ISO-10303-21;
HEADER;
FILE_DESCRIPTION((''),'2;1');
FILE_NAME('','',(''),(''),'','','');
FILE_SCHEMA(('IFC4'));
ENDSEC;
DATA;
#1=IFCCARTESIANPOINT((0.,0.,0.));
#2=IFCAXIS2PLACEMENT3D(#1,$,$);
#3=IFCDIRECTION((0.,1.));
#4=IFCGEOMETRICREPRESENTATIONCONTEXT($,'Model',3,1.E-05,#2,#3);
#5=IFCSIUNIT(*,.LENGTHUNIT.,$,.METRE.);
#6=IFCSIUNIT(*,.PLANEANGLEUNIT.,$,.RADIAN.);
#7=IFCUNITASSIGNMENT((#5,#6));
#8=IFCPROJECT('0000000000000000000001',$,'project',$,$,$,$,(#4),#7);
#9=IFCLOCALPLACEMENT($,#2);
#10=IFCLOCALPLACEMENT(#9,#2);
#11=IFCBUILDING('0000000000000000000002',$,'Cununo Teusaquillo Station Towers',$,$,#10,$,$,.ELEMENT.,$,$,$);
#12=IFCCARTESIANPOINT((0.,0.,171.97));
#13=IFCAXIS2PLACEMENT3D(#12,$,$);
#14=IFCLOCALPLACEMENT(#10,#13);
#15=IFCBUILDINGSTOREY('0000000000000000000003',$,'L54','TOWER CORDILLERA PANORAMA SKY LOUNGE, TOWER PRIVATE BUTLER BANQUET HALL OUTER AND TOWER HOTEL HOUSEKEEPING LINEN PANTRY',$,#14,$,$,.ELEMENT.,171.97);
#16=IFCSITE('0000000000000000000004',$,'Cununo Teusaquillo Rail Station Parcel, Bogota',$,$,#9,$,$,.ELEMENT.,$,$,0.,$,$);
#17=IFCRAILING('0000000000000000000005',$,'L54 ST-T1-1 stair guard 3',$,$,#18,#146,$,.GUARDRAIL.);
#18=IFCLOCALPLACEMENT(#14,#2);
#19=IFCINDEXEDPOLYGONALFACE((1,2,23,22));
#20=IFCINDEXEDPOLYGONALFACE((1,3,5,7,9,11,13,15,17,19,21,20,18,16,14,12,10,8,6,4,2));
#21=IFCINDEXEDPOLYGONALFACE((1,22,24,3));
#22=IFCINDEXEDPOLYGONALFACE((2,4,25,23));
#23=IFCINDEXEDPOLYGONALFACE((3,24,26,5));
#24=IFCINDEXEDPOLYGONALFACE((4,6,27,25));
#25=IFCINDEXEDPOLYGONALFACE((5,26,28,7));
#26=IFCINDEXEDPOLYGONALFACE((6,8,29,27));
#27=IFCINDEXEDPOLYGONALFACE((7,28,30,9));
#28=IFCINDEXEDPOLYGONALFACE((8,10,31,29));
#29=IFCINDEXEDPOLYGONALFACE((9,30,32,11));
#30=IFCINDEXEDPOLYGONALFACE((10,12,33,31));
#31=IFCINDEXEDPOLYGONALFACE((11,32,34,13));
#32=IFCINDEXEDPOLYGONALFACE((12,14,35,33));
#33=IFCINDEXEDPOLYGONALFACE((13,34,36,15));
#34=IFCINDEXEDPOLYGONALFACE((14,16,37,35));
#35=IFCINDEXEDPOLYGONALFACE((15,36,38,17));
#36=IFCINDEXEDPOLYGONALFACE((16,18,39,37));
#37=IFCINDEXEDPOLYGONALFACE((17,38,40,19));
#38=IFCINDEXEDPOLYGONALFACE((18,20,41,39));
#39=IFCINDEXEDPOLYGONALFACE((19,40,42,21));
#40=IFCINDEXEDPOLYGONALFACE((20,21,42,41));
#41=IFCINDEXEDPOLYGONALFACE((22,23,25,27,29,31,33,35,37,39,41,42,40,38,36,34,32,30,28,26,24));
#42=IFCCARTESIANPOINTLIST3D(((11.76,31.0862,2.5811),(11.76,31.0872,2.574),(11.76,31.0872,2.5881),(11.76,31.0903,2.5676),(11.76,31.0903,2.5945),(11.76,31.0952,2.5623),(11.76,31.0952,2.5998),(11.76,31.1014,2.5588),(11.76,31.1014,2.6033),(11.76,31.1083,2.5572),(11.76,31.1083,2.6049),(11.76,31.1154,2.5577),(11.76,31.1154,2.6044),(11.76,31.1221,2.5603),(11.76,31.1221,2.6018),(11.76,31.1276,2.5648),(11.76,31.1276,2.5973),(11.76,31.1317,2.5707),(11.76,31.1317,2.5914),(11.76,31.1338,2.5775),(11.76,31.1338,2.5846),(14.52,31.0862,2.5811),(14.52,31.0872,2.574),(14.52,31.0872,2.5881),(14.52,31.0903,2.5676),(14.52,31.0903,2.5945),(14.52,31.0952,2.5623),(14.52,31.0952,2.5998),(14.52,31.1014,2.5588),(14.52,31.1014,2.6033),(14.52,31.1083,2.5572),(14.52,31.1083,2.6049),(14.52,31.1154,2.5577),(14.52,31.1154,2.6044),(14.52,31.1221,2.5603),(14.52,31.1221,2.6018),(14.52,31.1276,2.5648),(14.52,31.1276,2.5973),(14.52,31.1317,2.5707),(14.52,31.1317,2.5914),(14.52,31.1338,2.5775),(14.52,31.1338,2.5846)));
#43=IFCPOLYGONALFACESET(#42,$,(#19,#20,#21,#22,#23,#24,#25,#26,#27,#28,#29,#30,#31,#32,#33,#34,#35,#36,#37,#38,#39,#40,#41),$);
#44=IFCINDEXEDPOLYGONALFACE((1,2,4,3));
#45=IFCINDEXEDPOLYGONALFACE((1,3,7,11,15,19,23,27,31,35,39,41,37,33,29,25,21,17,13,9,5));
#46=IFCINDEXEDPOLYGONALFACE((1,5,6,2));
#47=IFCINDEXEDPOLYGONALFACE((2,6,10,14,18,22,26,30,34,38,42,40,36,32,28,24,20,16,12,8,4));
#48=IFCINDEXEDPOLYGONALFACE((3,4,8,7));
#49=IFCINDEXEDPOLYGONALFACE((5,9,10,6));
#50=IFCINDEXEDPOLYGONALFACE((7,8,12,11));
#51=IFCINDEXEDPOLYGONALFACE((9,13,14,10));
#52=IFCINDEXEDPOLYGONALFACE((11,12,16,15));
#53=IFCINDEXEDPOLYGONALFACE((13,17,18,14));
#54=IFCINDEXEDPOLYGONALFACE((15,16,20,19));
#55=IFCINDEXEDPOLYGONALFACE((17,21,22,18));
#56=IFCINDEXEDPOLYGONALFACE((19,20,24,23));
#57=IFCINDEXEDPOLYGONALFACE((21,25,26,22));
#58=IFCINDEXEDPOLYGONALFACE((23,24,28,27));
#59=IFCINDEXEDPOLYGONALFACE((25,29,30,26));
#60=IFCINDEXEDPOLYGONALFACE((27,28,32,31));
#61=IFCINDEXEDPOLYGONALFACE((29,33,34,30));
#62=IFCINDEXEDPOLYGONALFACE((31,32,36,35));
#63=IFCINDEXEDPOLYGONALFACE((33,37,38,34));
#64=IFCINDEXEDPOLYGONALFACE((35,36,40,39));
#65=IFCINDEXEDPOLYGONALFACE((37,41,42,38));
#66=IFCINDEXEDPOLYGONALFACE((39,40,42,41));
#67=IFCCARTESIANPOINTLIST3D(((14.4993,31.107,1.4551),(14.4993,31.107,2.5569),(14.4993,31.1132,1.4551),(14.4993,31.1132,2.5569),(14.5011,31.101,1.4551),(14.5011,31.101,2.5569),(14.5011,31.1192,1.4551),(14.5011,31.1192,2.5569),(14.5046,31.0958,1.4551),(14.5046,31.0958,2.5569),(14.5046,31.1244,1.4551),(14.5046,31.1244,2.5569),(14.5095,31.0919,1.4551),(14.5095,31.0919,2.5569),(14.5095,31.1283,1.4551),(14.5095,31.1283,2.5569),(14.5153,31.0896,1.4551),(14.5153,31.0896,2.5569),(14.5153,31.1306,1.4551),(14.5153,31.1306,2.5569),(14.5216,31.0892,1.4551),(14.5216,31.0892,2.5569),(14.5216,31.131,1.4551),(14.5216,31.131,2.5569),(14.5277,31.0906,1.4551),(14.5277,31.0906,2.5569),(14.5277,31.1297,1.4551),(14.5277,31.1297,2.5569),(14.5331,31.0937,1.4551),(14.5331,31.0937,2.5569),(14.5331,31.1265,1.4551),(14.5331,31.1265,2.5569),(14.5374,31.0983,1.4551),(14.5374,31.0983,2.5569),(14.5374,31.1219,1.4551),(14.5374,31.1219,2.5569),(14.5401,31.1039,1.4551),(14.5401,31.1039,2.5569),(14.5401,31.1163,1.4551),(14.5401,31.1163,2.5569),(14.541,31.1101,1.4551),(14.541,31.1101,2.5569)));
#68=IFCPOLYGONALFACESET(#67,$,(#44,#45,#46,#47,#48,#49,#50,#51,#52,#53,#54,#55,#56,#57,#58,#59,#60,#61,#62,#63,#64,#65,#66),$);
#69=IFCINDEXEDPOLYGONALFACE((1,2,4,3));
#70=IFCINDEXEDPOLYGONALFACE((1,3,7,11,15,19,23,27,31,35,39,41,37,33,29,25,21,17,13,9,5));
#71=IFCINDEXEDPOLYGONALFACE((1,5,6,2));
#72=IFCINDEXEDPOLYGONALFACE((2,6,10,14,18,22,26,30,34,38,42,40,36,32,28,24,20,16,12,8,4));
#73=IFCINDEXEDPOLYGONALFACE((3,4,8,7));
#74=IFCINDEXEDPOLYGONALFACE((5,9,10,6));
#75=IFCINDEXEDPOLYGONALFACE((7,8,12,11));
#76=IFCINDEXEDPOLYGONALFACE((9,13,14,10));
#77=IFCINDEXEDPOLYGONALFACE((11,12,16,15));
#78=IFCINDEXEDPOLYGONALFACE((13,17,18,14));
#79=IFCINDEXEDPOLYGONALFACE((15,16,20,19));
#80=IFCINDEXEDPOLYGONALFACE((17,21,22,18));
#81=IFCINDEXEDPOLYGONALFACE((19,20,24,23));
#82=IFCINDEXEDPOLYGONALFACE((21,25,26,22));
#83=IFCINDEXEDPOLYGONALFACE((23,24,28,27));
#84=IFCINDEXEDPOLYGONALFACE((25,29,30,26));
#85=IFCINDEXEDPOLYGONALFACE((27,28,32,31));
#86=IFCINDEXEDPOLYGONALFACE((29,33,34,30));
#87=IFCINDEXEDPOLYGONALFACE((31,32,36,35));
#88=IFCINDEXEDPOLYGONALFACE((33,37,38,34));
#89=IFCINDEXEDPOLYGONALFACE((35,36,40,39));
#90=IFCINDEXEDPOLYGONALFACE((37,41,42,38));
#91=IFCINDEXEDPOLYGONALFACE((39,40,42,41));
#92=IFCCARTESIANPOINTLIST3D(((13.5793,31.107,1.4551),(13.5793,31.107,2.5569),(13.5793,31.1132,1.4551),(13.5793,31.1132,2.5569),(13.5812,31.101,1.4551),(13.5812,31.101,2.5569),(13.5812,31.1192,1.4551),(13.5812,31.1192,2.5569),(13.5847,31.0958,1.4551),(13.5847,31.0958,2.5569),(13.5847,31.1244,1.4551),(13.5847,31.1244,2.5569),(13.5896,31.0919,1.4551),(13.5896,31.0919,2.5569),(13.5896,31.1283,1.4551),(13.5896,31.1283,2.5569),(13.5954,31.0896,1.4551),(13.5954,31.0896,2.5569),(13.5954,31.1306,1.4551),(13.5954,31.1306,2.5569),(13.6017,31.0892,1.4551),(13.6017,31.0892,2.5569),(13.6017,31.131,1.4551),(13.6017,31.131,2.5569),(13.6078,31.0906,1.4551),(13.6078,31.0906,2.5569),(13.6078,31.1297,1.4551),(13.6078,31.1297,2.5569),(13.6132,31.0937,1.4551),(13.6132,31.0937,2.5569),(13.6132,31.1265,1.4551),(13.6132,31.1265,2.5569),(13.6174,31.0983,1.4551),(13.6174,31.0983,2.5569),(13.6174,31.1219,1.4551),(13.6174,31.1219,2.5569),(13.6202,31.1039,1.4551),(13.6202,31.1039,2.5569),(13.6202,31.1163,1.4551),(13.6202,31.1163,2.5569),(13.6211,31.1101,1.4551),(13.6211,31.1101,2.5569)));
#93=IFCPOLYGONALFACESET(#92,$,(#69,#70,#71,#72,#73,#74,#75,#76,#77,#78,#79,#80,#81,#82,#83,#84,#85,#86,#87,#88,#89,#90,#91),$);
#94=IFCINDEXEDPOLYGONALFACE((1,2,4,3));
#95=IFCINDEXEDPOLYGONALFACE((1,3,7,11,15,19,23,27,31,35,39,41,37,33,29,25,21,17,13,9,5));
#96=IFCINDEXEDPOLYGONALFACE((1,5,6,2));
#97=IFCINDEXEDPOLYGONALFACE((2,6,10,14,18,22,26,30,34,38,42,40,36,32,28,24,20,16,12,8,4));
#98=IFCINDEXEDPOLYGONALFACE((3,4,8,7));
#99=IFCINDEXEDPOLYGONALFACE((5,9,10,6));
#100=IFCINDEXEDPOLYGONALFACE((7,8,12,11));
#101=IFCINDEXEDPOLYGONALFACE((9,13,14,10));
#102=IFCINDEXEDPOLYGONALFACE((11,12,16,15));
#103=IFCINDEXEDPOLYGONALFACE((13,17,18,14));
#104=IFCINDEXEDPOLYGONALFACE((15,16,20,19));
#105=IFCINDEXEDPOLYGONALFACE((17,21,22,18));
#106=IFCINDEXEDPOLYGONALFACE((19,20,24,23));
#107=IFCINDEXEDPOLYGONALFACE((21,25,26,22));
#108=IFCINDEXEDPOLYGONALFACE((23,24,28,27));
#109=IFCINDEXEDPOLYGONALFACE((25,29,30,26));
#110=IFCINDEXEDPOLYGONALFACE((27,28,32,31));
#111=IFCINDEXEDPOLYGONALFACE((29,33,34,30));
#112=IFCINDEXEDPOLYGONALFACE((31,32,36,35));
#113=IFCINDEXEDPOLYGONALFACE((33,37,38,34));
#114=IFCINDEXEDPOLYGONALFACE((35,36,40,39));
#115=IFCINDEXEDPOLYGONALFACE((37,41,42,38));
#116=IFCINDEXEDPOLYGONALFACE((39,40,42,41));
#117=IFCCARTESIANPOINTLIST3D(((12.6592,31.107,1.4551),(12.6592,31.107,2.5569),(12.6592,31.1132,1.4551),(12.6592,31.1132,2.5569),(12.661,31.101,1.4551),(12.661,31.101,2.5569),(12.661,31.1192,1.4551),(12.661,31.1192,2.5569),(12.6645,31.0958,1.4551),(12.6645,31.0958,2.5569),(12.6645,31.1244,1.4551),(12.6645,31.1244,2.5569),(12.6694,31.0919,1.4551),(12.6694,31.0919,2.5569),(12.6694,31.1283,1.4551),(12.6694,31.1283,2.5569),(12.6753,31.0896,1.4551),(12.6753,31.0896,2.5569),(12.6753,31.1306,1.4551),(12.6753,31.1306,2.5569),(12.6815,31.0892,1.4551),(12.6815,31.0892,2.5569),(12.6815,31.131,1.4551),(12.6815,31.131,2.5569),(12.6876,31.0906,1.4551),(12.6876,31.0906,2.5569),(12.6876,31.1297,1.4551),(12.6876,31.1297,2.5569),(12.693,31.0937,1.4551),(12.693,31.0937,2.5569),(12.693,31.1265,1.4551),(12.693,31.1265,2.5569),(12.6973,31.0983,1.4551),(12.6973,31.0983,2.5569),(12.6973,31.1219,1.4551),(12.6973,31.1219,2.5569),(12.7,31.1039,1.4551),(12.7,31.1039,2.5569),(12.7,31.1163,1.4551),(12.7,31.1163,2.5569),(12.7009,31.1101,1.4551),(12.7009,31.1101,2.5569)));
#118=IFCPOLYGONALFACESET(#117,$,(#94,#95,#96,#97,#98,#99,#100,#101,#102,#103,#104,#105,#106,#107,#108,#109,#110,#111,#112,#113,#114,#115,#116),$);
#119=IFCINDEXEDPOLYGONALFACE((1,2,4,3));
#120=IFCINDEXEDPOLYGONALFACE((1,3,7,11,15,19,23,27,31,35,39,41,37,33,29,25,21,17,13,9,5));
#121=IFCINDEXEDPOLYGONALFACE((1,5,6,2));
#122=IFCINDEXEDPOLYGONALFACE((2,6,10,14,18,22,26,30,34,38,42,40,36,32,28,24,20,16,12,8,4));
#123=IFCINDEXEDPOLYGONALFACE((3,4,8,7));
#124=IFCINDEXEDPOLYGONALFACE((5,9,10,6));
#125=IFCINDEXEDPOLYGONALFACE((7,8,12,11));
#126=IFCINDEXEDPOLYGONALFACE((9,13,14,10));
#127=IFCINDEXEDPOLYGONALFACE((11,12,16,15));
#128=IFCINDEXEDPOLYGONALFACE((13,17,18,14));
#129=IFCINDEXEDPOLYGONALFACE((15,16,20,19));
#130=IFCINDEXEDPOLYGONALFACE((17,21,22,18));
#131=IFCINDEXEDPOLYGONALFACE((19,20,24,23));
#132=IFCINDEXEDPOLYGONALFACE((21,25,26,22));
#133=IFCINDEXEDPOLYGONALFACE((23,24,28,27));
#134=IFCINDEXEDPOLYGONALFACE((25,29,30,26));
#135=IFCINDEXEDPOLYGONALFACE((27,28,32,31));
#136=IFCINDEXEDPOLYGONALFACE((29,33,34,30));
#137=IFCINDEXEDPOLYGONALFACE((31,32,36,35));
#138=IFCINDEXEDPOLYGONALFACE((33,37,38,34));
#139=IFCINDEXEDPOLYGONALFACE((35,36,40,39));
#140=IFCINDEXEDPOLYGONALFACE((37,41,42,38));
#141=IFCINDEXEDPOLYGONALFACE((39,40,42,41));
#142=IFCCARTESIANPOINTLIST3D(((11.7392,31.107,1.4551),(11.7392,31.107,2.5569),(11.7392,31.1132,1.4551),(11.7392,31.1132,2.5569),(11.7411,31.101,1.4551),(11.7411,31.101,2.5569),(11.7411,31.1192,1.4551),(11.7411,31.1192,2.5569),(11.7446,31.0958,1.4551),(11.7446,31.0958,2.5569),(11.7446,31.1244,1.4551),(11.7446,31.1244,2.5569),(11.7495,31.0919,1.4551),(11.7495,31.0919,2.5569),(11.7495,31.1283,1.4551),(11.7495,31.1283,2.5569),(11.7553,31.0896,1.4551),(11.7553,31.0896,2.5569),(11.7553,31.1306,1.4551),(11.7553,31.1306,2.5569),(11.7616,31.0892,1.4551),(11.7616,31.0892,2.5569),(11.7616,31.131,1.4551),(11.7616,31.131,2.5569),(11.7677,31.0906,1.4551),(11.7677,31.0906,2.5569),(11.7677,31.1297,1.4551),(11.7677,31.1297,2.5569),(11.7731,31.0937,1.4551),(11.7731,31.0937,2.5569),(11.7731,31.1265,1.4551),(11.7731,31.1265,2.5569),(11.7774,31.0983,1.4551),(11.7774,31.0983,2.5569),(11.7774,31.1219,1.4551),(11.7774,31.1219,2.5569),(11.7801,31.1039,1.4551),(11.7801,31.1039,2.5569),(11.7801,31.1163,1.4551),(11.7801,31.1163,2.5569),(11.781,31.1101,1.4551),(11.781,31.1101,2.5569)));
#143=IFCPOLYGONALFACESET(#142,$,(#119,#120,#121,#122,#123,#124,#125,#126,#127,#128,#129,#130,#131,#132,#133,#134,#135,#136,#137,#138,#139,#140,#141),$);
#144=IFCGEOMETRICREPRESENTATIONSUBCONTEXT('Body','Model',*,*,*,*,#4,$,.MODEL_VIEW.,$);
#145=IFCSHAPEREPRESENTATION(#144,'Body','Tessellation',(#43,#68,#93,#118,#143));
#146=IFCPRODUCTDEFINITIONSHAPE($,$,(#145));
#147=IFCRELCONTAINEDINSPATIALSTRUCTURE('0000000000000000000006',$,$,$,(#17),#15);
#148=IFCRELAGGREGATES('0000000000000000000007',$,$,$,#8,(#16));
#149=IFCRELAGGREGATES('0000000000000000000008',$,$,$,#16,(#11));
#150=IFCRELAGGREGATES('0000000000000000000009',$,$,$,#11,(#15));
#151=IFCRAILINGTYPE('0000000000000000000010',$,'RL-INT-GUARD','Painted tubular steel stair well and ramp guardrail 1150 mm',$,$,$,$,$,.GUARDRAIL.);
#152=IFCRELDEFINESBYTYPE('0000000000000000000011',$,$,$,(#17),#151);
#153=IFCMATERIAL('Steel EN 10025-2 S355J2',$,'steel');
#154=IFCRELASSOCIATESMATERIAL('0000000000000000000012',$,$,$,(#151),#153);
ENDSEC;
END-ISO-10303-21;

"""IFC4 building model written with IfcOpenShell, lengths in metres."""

from ifc_helpers import new_model, si_unit, direction, frame, origin, origin_2d, place, context, subcontext, project, spatial, circle, extrude, material, type_object, element, save


model = new_model("IFC4")

# Units and contexts
model_context = context("Model", 3, precision=1e-05, world=origin(), true_north=direction((0.0, 1.0)))
body_context = subcontext(model_context, "Body", "Model", "MODEL_VIEW")
ifc_project = project(units=[si_unit("LENGTHUNIT", "METRE"), si_unit("PLANEANGLEUNIT", "RADIAN")], contexts=[model_context])

# Site, building, storey
site_placement = place(None, origin())
site = spatial("IfcSite", under=ifc_project, at=site_placement, Name="Cununo Teusaquillo Rail Station Parcel, Bogota", CompositionType="ELEMENT", RefElevation=0.0)
building_placement = place(site_placement, origin())
building = spatial("IfcBuilding", under=site, at=building_placement, Name="Cununo Teusaquillo Station Towers", CompositionType="ELEMENT")
storey_placement = place(building_placement, frame((0.0, 0.0, 171.97)))
storey = spatial("IfcBuildingStorey", under=building, at=storey_placement, Name="L54", Description="TOWER CORDILLERA PANORAMA SKY LOUNGE, TOWER PRIVATE BUTLER BANQUET HALL OUTER AND TOWER HOTEL HOUSEKEEPING LINEN PANTRY", CompositionType="ELEMENT", Elevation=171.97)

# Railing
ifc_material_1 = material(Name="Steel EN 10025-2 S355J2", Category="steel")
railing_type_1 = type_object("IfcRailingType", Name="RL-INT-GUARD", Description="Painted tubular steel stair well and ramp guardrail 1150 mm", PredefinedType="GUARDRAIL", material=ifc_material_1)
railing_1_placement = place(storey_placement, frame((14.52, 31.1101, 1.4551)))
element("IfcRailing", 1, at=railing_1_placement, inside=storey, type_object=railing_type_1, Name="L54 ST-T1-1 stair guard 3", PredefinedType="GUARDRAIL", context=body_context, shape_type="SweptSolid", body=[
    extrude(circle(Radius=0.0239, at=origin_2d()), frame((0.0, 0.0, 1.126), z_axis=(-1.0, 0.0, 0.0), x_axis=(0.0, -1.0, 0.0)), (0.0, 0.0, 1.0), 2.76),
    extrude(circle(Radius=0.021, at=origin_2d()), origin(), (0.0, 0.0, 1.0), 1.1018),
    extrude(circle(Radius=0.021, at=origin_2d()), frame((-0.9199, 0.0, 0.0)), (0.0, 0.0, 1.0), 1.1018),
    extrude(circle(Radius=0.021, at=origin_2d()), frame((-1.8401, 0.0, 0.0)), (0.0, 0.0, 1.0), 1.1018),
    extrude(circle(Radius=0.021, at=origin_2d()), frame((-2.76, 0.0, 0.0)), (0.0, 0.0, 1.0), 1.1018),
])

save(model, "model.ifc")
